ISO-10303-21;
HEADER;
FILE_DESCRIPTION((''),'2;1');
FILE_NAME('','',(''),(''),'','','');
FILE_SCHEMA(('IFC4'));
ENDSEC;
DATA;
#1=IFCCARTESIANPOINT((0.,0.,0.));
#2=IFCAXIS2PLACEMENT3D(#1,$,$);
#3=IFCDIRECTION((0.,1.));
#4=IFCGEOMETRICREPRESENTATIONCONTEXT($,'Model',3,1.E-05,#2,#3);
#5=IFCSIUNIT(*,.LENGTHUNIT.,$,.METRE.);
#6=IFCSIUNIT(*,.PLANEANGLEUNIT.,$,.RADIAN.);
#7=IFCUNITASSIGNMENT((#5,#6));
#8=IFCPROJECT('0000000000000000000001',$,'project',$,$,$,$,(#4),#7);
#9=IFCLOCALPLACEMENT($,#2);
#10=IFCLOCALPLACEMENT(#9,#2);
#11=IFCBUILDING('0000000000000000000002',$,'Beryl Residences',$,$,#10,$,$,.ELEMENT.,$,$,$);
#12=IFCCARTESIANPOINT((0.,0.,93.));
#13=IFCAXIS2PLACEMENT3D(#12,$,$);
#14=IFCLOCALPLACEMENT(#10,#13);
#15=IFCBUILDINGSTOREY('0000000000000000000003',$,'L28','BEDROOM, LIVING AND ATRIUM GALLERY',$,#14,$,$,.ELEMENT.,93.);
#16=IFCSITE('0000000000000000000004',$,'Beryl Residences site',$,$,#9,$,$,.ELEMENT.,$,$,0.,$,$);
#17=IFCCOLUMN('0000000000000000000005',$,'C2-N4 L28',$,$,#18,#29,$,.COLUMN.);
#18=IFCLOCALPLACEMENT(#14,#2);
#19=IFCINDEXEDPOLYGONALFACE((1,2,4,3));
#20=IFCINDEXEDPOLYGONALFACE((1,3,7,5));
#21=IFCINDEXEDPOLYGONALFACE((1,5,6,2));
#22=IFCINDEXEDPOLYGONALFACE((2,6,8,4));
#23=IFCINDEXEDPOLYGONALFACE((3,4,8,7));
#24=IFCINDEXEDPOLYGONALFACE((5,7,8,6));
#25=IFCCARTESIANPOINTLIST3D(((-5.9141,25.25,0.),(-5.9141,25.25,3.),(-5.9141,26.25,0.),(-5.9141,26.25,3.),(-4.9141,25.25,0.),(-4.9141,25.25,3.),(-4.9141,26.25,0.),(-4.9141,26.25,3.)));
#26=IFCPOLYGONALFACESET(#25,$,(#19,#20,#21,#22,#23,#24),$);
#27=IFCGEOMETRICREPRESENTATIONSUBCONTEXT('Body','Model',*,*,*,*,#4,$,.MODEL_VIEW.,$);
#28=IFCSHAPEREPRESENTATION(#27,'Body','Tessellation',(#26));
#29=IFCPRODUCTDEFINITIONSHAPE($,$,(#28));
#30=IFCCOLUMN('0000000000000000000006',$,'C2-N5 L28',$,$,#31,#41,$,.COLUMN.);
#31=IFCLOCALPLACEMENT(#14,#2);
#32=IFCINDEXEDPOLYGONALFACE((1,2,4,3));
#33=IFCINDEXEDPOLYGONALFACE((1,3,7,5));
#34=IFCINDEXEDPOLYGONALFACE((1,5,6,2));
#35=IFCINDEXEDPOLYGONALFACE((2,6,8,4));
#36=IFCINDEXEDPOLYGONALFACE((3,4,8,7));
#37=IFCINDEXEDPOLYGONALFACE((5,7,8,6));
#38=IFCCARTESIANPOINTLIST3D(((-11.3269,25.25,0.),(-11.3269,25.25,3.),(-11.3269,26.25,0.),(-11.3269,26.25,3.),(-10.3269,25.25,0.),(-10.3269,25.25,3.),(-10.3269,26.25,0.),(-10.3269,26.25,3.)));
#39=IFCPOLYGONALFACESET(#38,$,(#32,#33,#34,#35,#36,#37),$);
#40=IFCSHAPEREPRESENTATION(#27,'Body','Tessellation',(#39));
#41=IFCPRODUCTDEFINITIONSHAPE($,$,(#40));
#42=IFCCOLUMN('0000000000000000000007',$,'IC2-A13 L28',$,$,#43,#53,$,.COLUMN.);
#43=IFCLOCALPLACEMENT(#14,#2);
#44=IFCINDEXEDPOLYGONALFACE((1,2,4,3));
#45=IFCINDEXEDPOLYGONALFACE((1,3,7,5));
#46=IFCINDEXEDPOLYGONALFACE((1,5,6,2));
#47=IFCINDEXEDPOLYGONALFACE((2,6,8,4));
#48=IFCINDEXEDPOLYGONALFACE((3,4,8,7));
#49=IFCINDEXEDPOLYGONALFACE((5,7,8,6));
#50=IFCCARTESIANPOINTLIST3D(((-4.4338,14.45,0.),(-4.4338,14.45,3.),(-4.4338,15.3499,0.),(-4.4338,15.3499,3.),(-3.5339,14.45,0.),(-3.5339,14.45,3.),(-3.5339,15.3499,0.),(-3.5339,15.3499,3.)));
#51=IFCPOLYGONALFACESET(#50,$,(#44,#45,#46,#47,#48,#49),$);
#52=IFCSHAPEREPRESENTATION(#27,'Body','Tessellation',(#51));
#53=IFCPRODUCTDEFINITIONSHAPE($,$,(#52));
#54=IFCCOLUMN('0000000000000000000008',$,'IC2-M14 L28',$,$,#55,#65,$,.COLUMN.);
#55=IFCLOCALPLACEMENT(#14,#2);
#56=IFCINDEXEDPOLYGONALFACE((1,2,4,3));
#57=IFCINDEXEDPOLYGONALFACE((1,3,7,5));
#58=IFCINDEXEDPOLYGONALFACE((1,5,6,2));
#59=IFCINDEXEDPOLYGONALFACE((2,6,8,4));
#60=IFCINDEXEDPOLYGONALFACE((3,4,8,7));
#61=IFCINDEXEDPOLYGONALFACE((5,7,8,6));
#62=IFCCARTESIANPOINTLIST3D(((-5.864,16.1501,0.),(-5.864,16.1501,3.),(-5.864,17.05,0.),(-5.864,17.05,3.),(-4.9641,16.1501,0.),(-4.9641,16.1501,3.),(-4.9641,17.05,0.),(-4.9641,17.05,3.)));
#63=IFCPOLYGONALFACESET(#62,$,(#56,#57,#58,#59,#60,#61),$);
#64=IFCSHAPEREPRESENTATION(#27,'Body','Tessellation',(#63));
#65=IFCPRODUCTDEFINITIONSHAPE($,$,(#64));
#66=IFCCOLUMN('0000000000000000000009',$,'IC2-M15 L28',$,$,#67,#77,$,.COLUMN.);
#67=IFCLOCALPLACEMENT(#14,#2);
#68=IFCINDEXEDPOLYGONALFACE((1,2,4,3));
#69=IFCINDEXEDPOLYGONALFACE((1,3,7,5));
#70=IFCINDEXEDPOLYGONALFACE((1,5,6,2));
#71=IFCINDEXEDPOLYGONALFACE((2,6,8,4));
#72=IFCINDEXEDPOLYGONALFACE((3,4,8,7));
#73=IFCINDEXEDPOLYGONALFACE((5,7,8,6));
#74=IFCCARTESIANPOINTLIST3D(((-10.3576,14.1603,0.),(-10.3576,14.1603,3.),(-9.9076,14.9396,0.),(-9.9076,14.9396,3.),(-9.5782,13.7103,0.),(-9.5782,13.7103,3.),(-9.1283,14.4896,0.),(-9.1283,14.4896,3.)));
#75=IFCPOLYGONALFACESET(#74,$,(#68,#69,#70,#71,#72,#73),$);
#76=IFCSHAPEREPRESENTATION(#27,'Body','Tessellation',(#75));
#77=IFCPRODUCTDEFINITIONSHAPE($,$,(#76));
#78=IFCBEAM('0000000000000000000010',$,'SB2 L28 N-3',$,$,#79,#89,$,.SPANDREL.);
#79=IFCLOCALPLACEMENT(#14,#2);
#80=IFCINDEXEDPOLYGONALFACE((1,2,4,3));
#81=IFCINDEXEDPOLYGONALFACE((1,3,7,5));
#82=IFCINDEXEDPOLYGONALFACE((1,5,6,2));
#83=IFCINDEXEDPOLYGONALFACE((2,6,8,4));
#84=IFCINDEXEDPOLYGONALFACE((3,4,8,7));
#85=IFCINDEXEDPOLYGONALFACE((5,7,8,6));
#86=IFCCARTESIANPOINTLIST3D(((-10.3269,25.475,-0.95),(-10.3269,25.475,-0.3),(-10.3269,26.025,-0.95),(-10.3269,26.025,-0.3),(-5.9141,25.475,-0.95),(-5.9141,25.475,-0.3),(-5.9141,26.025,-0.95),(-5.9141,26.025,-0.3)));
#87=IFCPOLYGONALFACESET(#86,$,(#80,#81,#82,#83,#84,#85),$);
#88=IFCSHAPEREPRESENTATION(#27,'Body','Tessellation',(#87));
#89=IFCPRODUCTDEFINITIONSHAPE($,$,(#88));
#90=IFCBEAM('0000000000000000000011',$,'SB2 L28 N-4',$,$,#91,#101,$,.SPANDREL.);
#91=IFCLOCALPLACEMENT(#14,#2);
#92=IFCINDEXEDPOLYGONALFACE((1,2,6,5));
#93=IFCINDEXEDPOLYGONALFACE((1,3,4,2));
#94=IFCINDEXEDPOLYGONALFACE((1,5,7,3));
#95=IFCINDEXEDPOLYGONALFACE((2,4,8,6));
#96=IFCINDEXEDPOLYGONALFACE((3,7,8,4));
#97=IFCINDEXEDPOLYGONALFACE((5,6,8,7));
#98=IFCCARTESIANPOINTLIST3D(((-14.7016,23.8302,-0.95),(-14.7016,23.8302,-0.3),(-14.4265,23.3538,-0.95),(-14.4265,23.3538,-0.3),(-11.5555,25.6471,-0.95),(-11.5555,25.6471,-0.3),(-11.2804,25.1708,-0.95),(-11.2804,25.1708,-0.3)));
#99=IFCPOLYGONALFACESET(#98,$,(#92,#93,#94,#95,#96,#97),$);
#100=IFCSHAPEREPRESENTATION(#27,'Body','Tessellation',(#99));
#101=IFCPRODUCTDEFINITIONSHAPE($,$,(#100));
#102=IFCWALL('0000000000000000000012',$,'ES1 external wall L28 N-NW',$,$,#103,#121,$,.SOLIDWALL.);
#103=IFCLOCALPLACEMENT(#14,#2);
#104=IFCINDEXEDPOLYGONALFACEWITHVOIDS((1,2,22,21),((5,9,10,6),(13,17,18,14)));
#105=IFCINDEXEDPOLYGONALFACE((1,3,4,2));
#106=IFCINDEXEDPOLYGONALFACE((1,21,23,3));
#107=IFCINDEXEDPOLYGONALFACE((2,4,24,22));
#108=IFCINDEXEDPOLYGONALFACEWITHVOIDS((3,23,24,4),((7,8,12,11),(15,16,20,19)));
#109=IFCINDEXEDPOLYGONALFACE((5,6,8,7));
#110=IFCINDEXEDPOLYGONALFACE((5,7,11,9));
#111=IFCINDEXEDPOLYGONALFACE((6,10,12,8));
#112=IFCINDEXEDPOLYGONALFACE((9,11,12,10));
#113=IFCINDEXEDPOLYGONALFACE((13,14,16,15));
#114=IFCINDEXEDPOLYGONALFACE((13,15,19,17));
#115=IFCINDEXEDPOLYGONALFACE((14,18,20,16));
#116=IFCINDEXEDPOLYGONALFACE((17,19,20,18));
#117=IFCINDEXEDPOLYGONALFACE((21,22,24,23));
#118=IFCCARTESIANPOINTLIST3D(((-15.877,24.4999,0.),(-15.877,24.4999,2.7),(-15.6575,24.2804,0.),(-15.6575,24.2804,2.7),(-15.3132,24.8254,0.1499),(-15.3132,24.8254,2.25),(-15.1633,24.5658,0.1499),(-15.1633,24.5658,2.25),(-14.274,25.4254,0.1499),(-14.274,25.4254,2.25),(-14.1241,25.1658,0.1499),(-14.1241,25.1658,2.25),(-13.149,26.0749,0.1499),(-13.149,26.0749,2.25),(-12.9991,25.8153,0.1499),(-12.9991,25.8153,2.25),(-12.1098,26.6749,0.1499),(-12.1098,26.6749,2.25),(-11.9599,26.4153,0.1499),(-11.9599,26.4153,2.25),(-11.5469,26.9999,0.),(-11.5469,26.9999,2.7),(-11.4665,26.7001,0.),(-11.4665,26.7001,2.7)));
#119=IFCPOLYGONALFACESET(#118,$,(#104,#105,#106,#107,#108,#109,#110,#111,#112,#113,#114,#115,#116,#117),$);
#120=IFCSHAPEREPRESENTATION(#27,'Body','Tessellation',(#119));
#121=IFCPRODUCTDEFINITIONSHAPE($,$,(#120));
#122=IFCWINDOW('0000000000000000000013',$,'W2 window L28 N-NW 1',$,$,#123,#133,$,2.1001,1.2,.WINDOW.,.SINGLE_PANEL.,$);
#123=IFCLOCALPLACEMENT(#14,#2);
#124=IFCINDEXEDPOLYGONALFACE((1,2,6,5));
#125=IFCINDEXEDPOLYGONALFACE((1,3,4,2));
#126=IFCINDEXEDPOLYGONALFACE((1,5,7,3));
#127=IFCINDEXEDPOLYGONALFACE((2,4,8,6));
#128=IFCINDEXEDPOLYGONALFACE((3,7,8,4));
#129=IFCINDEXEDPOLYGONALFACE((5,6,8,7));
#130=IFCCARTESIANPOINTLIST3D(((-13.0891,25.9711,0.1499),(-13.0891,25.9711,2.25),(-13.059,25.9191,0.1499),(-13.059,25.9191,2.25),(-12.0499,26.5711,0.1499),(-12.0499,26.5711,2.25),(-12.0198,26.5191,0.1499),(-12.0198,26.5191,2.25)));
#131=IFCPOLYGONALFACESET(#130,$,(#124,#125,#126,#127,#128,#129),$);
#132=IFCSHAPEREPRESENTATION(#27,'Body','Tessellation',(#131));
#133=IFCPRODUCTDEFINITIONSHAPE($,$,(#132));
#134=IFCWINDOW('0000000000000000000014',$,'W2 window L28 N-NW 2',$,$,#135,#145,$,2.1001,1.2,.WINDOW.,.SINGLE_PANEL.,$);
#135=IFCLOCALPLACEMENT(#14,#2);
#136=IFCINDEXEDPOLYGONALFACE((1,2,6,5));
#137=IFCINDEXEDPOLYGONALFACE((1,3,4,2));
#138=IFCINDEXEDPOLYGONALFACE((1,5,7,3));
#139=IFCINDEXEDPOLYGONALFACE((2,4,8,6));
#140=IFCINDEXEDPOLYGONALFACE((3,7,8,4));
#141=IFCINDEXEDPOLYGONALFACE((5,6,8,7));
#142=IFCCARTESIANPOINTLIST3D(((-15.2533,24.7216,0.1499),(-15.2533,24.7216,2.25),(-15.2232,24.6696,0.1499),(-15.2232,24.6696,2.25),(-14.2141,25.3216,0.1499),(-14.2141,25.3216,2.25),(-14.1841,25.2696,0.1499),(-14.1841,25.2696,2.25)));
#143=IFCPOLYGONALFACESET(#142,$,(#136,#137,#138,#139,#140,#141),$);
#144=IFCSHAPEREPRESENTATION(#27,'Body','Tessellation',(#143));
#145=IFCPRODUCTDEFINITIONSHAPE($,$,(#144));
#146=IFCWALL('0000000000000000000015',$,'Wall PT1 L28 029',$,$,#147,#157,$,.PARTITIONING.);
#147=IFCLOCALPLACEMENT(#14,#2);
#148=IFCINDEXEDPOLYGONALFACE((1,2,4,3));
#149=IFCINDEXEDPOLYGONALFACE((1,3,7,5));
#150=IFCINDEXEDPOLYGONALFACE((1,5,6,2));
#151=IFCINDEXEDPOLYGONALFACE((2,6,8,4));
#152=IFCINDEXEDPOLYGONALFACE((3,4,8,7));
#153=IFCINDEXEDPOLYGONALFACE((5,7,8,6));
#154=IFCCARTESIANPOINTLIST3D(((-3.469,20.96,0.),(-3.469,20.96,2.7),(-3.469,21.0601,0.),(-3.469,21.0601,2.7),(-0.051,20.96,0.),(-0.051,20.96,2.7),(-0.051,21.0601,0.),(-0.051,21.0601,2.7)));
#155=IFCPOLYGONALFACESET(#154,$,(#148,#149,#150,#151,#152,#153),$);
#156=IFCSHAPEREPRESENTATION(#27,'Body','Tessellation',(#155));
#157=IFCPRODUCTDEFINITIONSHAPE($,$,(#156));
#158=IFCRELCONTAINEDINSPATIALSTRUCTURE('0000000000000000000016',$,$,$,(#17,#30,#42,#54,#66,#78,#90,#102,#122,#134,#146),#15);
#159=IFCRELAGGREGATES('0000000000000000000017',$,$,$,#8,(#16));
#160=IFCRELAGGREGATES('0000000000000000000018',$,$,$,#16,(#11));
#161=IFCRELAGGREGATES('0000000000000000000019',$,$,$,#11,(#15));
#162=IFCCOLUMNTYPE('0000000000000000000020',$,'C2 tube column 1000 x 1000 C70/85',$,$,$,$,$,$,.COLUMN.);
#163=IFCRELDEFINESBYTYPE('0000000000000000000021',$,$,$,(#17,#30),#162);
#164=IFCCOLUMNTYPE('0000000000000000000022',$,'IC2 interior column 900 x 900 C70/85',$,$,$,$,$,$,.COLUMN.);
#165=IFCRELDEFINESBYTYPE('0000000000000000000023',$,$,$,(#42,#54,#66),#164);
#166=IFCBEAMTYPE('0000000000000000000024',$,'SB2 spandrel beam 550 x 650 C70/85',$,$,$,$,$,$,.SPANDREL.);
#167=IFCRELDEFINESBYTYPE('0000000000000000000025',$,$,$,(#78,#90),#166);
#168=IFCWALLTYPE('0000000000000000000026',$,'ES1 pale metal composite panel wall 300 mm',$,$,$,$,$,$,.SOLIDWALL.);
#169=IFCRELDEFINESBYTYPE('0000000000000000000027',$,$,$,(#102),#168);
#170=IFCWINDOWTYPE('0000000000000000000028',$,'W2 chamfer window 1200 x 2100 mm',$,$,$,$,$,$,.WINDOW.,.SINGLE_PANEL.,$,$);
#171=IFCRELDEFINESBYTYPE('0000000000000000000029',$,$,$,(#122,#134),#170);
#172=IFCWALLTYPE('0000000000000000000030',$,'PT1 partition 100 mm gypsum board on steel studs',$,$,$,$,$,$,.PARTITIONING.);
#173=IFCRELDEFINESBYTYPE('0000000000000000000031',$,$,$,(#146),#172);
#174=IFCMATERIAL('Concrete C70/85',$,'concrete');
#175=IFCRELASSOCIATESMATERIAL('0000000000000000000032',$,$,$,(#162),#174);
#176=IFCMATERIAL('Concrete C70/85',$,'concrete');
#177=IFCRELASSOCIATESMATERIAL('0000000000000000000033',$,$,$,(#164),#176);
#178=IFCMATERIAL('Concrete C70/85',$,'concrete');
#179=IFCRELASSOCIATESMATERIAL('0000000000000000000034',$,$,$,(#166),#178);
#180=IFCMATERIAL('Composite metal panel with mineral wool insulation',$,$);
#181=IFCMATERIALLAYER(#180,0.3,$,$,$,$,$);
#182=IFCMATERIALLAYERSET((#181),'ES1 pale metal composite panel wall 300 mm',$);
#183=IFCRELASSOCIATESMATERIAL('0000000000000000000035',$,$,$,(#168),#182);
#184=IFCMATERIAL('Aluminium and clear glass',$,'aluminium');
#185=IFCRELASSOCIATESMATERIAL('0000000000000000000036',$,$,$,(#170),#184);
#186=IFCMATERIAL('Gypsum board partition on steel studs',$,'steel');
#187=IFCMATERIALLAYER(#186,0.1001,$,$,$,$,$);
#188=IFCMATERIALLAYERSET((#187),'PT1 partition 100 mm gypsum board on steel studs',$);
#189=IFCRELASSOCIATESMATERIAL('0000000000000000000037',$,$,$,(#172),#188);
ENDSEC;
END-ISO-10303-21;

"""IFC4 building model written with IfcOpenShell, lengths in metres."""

from ifc_helpers import new_model, si_unit, direction, frame, frame_2d, origin, origin_2d, place, context, subcontext, project, spatial, polyline, rectangle, outline, extrude, material, layer, layer_set, material_profile, profile_set, type_object, element, fill, save


model = new_model("IFC4")

# Units and contexts
model_context = context("Model", 3, precision=1e-05, world=origin(), true_north=direction((0.0, 1.0)))
body_context = subcontext(model_context, "Body", "Model", "MODEL_VIEW")
ifc_project = project(units=[si_unit("LENGTHUNIT", "METRE"), si_unit("PLANEANGLEUNIT", "RADIAN")], contexts=[model_context])

# Site, building, storey
site_placement = place(None, origin())
site = spatial("IfcSite", under=ifc_project, at=site_placement, Name="Beryl Residences site", CompositionType="ELEMENT", RefElevation=0.0)
building_placement = place(site_placement, origin())
building = spatial("IfcBuilding", under=site, at=building_placement, Name="Beryl Residences", CompositionType="ELEMENT")
storey_placement = place(building_placement, frame((0.0, 0.0, 93.0)))
storey = spatial("IfcBuildingStorey", under=building, at=storey_placement, Name="L28", Description="BEDROOM, LIVING AND ATRIUM GALLERY", CompositionType="ELEMENT", Elevation=93.0)

# Columns
ifc_material_1 = material(Name="Concrete C70/85", Category="concrete")
ifc_material_profile_1 = material_profile(ifc_material_1, rectangle(XDim=1.0, YDim=1.0, at=origin_2d()))
ifc_profile_set_1 = profile_set([ifc_material_profile_1], Name="Concrete C70/85")
column_type_1 = type_object("IfcColumnType", Name="C2 tube column 1000 x 1000 C70/85", PredefinedType="COLUMN", material=ifc_profile_set_1)
for number, where, z_axis, x_axis, name in (
    (1, (-5.4141, 25.75, 0.0), (0.0, 0.0, 1.0), (-1.0, 0.0, 0.0), "C2-N4 L28"),
    (2, (-10.8269, 25.75, 0.0), (0.0, 0.0, 1.0), (-1.0, 0.0, 0.0), "C2-N5 L28"),
):
    element("IfcColumn", number, at=place(storey_placement, frame(where, z_axis=z_axis, x_axis=x_axis)), inside=storey, type_object=column_type_1, Name=name, PredefinedType="COLUMN", context=body_context, shape_type="SweptSolid", body=[
        extrude(rectangle(XDim=1.0, YDim=1.0, at=origin_2d()), origin(), (0.0, 0.0, 1.0), 3.0),
    ])
ifc_material_2 = material(Name="Concrete C70/85", Category="concrete")
ifc_material_profile_2 = material_profile(ifc_material_2, rectangle(XDim=0.8999, YDim=0.8999, at=origin_2d()))
ifc_profile_set_2 = profile_set([ifc_material_profile_2], Name="Concrete C70/85")
column_type_2 = type_object("IfcColumnType", Name="IC2 interior column 900 x 900 C70/85", PredefinedType="COLUMN", material=ifc_profile_set_2)
for number, where, z_axis, x_axis, name in (
    (3, (-3.9839, 14.8999, 0.0), (0.0, 0.0, 1.0), (1.0, 0.0, 0.0), "IC2-A13 L28"),
    (4, (-5.4141, 16.6001, 0.0), (0.0, 0.0, 1.0), (-1.0, 0.0, 0.0), "IC2-M14 L28"),
    (5, (-9.7429, 14.325, 0.0), (0.0, 0.0, 1.0), (-0.5, -0.866025, 0.0), "IC2-M15 L28"),
):
    element("IfcColumn", number, at=place(storey_placement, frame(where, z_axis=z_axis, x_axis=x_axis)), inside=storey, type_object=column_type_2, Name=name, PredefinedType="COLUMN", context=body_context, shape_type="SweptSolid", body=[
        extrude(rectangle(XDim=0.8999, YDim=0.8999, at=origin_2d()), origin(), (0.0, 0.0, 1.0), 3.0),
    ])

# Beams
ifc_material_3 = material(Name="Concrete C70/85", Category="concrete")
ifc_material_profile_3 = material_profile(ifc_material_3, rectangle(XDim=0.55, YDim=0.6499, at=origin_2d()))
ifc_profile_set_3 = profile_set([ifc_material_profile_3], Name="Concrete C70/85")
beam_type = type_object("IfcBeamType", Name="SB2 spandrel beam 550 x 650 C70/85", PredefinedType="SPANDREL", material=ifc_profile_set_3)
beam_1_placement = place(storey_placement, frame((-5.9141, 25.75, -0.625), z_axis=(-1.0, 0.0, 0.0), x_axis=(0.0, -1.0, 0.0)))
element("IfcBeam", 6, at=beam_1_placement, inside=storey, type_object=beam_type, Name="SB2 L28 N-3", PredefinedType="SPANDREL", context=body_context, shape_type="SweptSolid", body=[
    extrude(rectangle(XDim=0.55, YDim=0.6499, at=origin_2d()), origin(), (0.0, 0.0, 1.0), 4.4128),
])
beam_2_placement = place(storey_placement, frame((-11.418, 25.4089, -0.625), z_axis=(-0.86596, -0.500114, 0.0), x_axis=(0.500114, -0.86596, 0.0)))
element("IfcBeam", 7, at=beam_2_placement, inside=storey, type_object=beam_type, Name="SB2 L28 N-4", PredefinedType="SPANDREL", context=body_context, shape_type="SweptSolid", body=[
    extrude(rectangle(XDim=0.55, YDim=0.6499, at=origin_2d()), origin(), (0.0, 0.0, 1.0), 3.6331),
])

# Wall, openings, windows
ifc_material_4 = material(Name="Composite metal panel with mineral wool insulation")
ifc_layer_1 = layer(ifc_material_4, 0.3)
ifc_layer_set_1 = layer_set([ifc_layer_1], Name="ES1 pale metal composite panel wall 300 mm")
wall_type_1 = type_object("IfcWallType", Name="ES1 pale metal composite panel wall 300 mm", PredefinedType="SOLIDWALL", material=ifc_layer_set_1)
wall_1_placement = place(storey_placement, frame((-11.4719, 26.8701, 0.0), z_axis=(0.0, 0.0, 1.0), x_axis=(-0.866023, -0.500004, 0.0)))
wall_1 = element("IfcWall", 8, at=wall_1_placement, inside=storey, type_object=wall_type_1, Name="ES1 external wall L28 N-NW", PredefinedType="SOLIDWALL", context=body_context, shape_type="SweptSolid", body=[
    extrude(outline(polyline([(0.0, -0.1499), (5.0, -0.1499), (4.9197, 0.1499), (0.0803, 0.1499), (0.0, -0.1499)])), origin(), (0.0, 0.0, 1.0), 2.7),
])
opening_1_placement = place(wall_1_placement, frame((0.6499, 0.0, 0.1499)))
opening_1 = element("IfcOpeningElement", 9, at=opening_1_placement, cuts=wall_1, PredefinedType="OPENING", context=body_context, shape_type="SweptSolid", body=[
    extrude(rectangle(XDim=1.2, YDim=2.1001, at=frame_2d((0.6001, 1.05))), frame((0.0, 0.1599, 0.0), z_axis=(0.0, -1.0, 0.0), x_axis=(1.0, 0.0, 0.0)), (0.0, 0.0, 1.0), 0.3201),
])
opening_2_placement = place(wall_1_placement, frame((3.1489, 0.0, 0.1499)))
opening_2 = element("IfcOpeningElement", 10, at=opening_2_placement, cuts=wall_1, PredefinedType="OPENING", context=body_context, shape_type="SweptSolid", body=[
    extrude(rectangle(XDim=1.2, YDim=2.1001, at=frame_2d((0.6001, 1.05))), frame((0.0, 0.1599, 0.0), z_axis=(0.0, -1.0, 0.0), x_axis=(1.0, 0.0, 0.0)), (0.0, 0.0, 1.0), 0.3201),
])
ifc_material_5 = material(Name="Aluminium and clear glass", Category="aluminium")
window_type = type_object("IfcWindowType", Name="W2 chamfer window 1200 x 2100 mm", PartitioningType="SINGLE_PANEL", PredefinedType="WINDOW", material=ifc_material_5)
window_1_placement = place(opening_1_placement, origin())
window_1 = element("IfcWindow", 11, at=window_1_placement, inside=storey, type_object=window_type, Name="W2 window L28 N-NW 1", OverallHeight=2.1001, OverallWidth=1.2, PartitioningType="SINGLE_PANEL", PredefinedType="WINDOW", context=body_context, shape_type="SweptSolid", body=[
    extrude(rectangle(XDim=1.2, YDim=2.1001, at=frame_2d((0.6001, 1.05))), frame((0.0, 0.03, 0.0), z_axis=(0.0, -1.0, 0.0), x_axis=(1.0, 0.0, 0.0)), (0.0, 0.0, 1.0), 0.0601),
])
fill(opening_1, window_1)
window_2_placement = place(opening_2_placement, origin())
window_2 = element("IfcWindow", 12, at=window_2_placement, inside=storey, type_object=window_type, Name="W2 window L28 N-NW 2", OverallHeight=2.1001, OverallWidth=1.2, PartitioningType="SINGLE_PANEL", PredefinedType="WINDOW", context=body_context, shape_type="SweptSolid", body=[
    extrude(rectangle(XDim=1.2, YDim=2.1001, at=frame_2d((0.6001, 1.05))), frame((0.0, 0.03, 0.0), z_axis=(0.0, -1.0, 0.0), x_axis=(1.0, 0.0, 0.0)), (0.0, 0.0, 1.0), 0.0601),
])
fill(opening_2, window_2)

# Wall
ifc_material_6 = material(Name="Gypsum board partition on steel studs", Category="steel")
ifc_layer_2 = layer(ifc_material_6, 0.1001)
ifc_layer_set_2 = layer_set([ifc_layer_2], Name="PT1 partition 100 mm gypsum board on steel studs")
wall_type_2 = type_object("IfcWallType", Name="PT1 partition 100 mm gypsum board on steel studs", PredefinedType="PARTITIONING", material=ifc_layer_set_2)
wall_2_placement = place(storey_placement, frame((-3.469, 21.01, 0.0), z_axis=(0.0, 0.0, 1.0), x_axis=(1.0, 0.0, 0.0)))
element("IfcWall", 13, at=wall_2_placement, inside=storey, type_object=wall_type_2, Name="Wall PT1 L28 029", PredefinedType="PARTITIONING", context=body_context, shape_type="SweptSolid", body=[
    extrude(rectangle(XDim=3.418, YDim=0.1001, at=frame_2d((1.709, 0.0))), origin(), (0.0, 0.0, 1.0), 2.7),
])

save(model, "model.ifc")
